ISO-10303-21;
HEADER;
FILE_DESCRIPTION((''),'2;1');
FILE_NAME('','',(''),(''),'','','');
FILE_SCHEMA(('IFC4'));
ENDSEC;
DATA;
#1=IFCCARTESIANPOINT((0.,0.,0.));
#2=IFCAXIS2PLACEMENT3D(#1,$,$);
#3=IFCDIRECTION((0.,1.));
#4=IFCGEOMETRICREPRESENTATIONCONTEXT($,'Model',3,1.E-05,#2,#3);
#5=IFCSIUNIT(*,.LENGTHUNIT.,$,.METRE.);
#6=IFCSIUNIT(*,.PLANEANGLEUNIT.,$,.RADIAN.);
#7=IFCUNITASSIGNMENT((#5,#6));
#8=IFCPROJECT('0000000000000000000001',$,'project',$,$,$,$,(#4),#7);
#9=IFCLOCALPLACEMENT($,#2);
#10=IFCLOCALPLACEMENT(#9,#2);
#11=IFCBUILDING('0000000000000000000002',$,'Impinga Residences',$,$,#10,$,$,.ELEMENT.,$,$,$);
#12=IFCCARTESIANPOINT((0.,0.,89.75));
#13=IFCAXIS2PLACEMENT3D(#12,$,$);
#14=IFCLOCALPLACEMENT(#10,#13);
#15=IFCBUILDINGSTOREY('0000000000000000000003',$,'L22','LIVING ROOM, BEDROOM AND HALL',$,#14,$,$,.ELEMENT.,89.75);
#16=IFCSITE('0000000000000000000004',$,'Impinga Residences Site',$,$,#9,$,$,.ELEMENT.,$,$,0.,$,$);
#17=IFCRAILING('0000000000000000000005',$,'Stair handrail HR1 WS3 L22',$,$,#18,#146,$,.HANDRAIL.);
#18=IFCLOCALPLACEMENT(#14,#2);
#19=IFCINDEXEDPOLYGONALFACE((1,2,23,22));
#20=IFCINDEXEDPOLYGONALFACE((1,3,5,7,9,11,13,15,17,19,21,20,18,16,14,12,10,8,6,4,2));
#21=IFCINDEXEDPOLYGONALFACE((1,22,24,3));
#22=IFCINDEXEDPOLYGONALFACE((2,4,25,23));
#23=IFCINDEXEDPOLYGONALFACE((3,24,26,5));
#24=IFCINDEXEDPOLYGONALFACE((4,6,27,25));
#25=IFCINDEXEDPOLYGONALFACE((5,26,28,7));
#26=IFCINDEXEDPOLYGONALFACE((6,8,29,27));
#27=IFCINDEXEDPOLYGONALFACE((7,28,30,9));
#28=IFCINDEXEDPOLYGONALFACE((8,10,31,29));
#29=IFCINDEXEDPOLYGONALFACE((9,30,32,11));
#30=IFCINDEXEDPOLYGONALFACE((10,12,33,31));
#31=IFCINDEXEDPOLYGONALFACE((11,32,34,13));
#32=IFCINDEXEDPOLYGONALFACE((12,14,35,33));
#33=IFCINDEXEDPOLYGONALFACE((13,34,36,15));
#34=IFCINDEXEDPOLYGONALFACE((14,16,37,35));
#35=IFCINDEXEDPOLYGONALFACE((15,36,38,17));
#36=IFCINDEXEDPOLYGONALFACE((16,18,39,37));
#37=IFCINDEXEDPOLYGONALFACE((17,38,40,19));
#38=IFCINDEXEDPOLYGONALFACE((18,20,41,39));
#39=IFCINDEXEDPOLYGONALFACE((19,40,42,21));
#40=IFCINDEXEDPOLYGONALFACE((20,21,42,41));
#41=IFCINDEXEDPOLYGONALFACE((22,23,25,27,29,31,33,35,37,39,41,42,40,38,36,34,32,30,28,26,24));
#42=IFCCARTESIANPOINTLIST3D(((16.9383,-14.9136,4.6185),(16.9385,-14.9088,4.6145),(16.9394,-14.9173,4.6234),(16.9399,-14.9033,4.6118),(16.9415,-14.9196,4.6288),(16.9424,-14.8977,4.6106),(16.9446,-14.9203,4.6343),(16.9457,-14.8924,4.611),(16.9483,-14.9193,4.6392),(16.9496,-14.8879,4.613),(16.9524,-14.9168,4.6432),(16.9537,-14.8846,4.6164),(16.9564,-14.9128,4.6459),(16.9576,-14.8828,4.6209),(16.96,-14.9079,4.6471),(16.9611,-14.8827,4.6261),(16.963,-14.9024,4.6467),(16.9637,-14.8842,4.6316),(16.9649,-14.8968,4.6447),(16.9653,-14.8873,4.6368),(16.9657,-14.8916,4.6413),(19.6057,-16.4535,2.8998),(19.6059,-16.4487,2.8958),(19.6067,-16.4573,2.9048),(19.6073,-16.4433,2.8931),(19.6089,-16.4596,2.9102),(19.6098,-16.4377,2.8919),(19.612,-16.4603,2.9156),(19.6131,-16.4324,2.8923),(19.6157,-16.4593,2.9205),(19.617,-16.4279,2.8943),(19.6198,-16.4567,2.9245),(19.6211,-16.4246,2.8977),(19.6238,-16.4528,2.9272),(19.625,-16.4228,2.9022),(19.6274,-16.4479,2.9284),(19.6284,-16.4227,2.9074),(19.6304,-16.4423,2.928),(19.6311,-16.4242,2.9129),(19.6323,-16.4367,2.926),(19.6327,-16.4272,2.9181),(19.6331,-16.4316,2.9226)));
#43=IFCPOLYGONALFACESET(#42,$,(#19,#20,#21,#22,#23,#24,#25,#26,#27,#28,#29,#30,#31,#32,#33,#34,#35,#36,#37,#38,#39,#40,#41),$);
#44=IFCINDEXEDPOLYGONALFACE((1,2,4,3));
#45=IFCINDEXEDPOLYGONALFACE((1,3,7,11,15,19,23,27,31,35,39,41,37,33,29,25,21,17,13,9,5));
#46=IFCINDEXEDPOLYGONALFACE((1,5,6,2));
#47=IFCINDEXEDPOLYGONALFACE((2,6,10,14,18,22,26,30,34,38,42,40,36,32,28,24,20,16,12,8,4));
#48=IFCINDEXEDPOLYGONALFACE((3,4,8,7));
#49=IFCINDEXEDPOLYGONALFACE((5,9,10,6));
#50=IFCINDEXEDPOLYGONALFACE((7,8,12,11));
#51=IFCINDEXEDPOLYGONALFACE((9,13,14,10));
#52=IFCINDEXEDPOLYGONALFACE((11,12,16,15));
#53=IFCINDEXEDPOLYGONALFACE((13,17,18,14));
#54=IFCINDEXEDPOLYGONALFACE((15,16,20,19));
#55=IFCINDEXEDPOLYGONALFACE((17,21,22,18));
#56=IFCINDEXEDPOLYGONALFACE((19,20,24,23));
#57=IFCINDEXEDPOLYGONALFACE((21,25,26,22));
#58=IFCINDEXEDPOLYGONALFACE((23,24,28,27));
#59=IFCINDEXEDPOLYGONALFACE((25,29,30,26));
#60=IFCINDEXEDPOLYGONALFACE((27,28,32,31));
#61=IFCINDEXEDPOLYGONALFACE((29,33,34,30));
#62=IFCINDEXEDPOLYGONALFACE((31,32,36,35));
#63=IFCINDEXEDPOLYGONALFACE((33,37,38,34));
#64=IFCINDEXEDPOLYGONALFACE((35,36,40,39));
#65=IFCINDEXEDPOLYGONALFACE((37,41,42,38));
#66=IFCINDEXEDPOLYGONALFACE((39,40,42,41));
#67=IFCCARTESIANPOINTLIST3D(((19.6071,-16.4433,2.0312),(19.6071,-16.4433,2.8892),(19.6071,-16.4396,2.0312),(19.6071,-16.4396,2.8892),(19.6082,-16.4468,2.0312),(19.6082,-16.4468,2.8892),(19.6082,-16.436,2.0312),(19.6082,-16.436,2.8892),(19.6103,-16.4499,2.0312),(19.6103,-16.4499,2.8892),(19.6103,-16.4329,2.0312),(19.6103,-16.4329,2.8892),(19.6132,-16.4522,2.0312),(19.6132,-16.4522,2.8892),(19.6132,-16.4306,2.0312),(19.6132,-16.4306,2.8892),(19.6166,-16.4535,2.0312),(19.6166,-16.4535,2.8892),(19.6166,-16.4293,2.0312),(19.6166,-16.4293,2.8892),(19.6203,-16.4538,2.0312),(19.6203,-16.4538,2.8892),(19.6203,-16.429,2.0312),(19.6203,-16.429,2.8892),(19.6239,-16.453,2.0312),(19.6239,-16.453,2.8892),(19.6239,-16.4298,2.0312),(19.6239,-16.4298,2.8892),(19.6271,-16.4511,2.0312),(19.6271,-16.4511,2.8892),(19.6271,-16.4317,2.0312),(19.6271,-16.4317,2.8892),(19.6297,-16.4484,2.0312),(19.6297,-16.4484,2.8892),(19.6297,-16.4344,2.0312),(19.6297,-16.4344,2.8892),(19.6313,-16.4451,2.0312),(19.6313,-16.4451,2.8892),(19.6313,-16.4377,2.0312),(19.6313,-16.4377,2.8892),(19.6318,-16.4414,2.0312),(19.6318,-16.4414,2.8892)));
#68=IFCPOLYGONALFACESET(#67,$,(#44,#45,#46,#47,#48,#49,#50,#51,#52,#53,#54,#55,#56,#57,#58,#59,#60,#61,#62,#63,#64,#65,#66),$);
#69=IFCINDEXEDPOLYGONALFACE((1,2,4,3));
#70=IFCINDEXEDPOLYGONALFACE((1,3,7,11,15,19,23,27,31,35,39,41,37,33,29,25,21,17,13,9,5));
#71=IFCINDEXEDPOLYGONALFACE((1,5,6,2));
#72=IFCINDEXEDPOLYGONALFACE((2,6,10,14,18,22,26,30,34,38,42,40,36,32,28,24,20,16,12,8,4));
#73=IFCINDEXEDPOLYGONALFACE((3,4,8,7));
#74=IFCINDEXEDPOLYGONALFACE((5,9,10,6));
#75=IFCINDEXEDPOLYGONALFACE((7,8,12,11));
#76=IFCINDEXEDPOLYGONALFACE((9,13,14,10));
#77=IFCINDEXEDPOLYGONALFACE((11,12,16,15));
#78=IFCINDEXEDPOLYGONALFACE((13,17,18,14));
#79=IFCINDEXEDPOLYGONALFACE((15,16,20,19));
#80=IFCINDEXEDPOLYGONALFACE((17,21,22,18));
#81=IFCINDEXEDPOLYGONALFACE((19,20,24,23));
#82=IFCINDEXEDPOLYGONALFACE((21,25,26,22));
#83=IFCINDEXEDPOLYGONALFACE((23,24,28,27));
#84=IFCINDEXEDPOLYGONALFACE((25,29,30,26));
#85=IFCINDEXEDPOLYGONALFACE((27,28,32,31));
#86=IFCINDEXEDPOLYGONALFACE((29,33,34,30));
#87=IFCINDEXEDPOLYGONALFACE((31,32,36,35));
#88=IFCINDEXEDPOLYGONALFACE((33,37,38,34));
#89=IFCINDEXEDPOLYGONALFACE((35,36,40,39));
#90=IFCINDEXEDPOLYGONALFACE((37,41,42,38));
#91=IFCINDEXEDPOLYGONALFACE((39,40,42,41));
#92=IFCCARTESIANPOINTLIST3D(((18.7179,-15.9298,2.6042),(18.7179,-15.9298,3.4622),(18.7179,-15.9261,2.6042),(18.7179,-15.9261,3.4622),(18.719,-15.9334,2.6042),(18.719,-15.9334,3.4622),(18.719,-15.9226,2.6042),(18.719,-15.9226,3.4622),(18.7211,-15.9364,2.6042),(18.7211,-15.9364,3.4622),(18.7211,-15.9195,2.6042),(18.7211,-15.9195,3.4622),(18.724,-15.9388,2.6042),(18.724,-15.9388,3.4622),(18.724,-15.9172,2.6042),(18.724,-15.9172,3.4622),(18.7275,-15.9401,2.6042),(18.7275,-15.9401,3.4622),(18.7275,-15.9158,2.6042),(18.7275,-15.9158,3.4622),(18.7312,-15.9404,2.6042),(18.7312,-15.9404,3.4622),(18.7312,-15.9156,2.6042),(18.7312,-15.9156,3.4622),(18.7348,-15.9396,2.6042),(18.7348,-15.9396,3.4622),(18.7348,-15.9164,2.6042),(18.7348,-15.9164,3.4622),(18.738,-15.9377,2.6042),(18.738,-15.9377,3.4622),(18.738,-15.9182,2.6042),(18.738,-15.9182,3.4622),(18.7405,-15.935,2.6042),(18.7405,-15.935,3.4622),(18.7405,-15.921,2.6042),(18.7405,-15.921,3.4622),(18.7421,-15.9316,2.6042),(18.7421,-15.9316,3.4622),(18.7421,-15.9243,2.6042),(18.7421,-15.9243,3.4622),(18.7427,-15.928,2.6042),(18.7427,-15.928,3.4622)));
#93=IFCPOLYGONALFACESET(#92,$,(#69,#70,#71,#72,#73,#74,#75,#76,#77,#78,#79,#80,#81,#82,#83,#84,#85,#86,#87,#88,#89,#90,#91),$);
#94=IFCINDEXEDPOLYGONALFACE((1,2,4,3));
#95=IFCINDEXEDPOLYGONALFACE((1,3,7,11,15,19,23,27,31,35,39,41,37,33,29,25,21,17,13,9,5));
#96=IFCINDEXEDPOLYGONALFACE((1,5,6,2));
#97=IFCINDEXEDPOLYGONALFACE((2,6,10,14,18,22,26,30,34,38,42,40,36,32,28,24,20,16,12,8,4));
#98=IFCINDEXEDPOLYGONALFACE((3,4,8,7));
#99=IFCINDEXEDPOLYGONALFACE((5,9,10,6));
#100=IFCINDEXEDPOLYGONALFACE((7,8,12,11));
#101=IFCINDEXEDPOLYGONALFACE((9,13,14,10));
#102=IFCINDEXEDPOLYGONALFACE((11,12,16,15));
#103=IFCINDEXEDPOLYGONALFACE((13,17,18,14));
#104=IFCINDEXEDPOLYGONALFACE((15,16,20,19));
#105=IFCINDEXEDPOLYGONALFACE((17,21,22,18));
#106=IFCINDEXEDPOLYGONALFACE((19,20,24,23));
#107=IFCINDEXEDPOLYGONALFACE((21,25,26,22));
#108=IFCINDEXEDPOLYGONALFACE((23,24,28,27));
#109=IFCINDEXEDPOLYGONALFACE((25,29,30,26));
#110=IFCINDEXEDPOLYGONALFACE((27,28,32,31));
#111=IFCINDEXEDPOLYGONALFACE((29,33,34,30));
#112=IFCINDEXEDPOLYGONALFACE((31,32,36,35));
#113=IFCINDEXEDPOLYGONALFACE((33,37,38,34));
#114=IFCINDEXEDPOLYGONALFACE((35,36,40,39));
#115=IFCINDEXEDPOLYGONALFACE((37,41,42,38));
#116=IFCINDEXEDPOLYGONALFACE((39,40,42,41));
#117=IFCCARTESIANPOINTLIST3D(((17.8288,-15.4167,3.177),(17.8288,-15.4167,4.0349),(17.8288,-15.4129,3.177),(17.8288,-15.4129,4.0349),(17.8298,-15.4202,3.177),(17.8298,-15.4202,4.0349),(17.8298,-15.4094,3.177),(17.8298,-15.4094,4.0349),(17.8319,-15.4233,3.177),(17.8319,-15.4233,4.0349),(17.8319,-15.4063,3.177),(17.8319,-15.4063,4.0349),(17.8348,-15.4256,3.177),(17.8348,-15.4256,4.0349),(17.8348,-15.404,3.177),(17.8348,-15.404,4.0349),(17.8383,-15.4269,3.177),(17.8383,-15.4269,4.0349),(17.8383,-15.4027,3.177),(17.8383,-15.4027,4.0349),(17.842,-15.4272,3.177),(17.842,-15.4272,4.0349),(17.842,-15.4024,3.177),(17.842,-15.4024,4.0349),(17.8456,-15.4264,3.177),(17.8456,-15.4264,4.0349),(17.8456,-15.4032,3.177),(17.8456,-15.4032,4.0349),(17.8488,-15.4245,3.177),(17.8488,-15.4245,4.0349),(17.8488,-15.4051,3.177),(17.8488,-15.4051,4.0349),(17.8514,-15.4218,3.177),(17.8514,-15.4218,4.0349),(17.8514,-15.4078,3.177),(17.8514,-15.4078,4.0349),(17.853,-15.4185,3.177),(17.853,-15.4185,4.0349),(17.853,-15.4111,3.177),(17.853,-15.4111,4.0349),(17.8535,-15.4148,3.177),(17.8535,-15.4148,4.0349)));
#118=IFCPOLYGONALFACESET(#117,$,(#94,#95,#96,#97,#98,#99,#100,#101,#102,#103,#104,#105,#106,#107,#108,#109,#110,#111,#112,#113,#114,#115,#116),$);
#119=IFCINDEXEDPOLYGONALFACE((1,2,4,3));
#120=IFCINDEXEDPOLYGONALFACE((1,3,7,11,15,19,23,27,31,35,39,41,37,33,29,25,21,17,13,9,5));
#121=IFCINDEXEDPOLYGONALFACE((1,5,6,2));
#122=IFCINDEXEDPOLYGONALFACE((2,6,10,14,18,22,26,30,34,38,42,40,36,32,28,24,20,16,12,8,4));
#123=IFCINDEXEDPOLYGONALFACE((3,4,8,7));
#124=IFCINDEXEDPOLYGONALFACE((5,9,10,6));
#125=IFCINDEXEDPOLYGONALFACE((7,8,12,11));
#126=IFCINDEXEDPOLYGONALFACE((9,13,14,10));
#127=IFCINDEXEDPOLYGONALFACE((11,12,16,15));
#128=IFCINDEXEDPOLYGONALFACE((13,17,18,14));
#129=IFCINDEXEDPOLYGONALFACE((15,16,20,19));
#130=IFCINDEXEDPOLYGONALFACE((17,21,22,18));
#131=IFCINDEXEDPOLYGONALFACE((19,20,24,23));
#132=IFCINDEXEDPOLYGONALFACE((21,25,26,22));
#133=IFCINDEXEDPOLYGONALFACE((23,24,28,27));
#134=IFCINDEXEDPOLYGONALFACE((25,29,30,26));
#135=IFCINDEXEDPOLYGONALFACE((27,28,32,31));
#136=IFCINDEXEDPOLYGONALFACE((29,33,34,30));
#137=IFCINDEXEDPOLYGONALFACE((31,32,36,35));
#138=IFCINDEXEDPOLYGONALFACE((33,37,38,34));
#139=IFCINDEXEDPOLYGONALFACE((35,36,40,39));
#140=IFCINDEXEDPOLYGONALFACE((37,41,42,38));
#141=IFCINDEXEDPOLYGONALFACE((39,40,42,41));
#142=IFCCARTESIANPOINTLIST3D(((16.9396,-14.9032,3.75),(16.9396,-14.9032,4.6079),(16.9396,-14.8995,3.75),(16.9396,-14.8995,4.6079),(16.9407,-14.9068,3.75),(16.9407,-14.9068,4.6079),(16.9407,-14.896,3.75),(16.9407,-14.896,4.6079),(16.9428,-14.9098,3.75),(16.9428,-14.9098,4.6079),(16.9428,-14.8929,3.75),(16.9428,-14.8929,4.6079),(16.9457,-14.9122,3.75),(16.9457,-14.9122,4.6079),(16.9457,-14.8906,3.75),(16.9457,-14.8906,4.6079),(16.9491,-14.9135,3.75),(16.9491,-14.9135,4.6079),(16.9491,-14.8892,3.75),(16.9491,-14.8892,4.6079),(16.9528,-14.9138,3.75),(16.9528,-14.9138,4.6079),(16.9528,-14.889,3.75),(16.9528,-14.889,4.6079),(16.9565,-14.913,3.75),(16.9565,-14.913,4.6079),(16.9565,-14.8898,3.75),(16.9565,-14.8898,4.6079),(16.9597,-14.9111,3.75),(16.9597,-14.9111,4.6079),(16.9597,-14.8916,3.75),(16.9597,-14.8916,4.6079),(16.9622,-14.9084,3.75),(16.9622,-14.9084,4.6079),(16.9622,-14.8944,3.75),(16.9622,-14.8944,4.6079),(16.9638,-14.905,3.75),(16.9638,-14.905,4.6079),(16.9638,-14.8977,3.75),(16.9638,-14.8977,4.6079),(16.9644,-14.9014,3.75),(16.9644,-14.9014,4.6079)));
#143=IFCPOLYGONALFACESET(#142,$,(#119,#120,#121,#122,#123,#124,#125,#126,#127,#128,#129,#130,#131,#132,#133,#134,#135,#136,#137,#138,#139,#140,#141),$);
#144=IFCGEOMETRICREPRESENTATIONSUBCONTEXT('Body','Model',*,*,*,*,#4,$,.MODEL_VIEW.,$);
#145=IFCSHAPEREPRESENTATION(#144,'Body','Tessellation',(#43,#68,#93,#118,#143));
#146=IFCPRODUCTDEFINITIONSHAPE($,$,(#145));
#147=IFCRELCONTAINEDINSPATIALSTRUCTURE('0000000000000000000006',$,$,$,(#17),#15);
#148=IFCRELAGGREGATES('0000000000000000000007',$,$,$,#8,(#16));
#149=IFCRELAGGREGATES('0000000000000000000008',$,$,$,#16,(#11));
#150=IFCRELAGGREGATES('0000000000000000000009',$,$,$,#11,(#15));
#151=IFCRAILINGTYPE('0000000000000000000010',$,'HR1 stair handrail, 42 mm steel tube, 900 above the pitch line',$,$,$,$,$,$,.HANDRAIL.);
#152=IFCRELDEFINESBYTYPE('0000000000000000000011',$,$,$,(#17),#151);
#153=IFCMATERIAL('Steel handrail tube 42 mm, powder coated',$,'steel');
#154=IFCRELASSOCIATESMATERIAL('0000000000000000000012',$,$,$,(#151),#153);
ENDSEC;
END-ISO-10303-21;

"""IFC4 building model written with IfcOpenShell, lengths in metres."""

from ifc_helpers import new_model, si_unit, direction, frame, origin, origin_2d, place, context, subcontext, project, spatial, circle, extrude, material, type_object, element, save


model = new_model("IFC4")

# Units and contexts
model_context = context("Model", 3, precision=1e-05, world=origin(), true_north=direction((0.0, 1.0)))
body_context = subcontext(model_context, "Body", "Model", "MODEL_VIEW")
ifc_project = project(units=[si_unit("LENGTHUNIT", "METRE"), si_unit("PLANEANGLEUNIT", "RADIAN")], contexts=[model_context])

# Site, building, storey
site_placement = place(None, origin())
site = spatial("IfcSite", under=ifc_project, at=site_placement, Name="Impinga Residences Site", CompositionType="ELEMENT", RefElevation=0.0)
building_placement = place(site_placement, origin())
building = spatial("IfcBuilding", under=site, at=building_placement, Name="Impinga Residences", CompositionType="ELEMENT")
storey_placement = place(building_placement, frame((0.0, 0.0, 89.75)))
storey = spatial("IfcBuildingStorey", under=building, at=storey_placement, Name="L22", Description="LIVING ROOM, BEDROOM AND HALL", CompositionType="ELEMENT", Elevation=89.75)

# Railing
ifc_material_1 = material(Name="Steel handrail tube 42 mm, powder coated", Category="steel")
railing_type_1 = type_object("IfcRailingType", Name="HR1 stair handrail, 42 mm steel tube, 900 above the pitch line", PredefinedType="HANDRAIL", material=ifc_material_1)
railing_1_placement = place(storey_placement, frame((19.6194, -16.4414, 2.0312)))
element("IfcRailing", 1, at=railing_1_placement, inside=storey, type_object=railing_type_1, Name="Stair handrail HR1 WS3 L22", PredefinedType="HANDRAIL", context=body_context, shape_type="SweptSolid", body=[
    extrude(circle(Radius=0.021, at=origin_2d()), frame((0.0, 0.0, 0.8789), z_axis=(-0.756256, 0.436616, 0.487282), x_axis=(-0.499992, -0.86603, 0.0)), (0.0, 0.0, 1.0), 3.5271),
    extrude(circle(Radius=0.0125, at=origin_2d()), origin(), (0.0, 0.0, 1.0), 0.8579),
    extrude(circle(Radius=0.0125, at=origin_2d()), frame((-0.8892, 0.5134, 0.573)), (0.0, 0.0, 1.0), 0.8579),
    extrude(circle(Radius=0.0125, at=origin_2d()), frame((-1.7783, 1.0266, 1.1458)), (0.0, 0.0, 1.0), 0.8579),
    extrude(circle(Radius=0.0125, at=origin_2d()), frame((-2.6675, 1.54, 1.7188)), (0.0, 0.0, 1.0), 0.8579),
])

save(model, "model.ifc")
